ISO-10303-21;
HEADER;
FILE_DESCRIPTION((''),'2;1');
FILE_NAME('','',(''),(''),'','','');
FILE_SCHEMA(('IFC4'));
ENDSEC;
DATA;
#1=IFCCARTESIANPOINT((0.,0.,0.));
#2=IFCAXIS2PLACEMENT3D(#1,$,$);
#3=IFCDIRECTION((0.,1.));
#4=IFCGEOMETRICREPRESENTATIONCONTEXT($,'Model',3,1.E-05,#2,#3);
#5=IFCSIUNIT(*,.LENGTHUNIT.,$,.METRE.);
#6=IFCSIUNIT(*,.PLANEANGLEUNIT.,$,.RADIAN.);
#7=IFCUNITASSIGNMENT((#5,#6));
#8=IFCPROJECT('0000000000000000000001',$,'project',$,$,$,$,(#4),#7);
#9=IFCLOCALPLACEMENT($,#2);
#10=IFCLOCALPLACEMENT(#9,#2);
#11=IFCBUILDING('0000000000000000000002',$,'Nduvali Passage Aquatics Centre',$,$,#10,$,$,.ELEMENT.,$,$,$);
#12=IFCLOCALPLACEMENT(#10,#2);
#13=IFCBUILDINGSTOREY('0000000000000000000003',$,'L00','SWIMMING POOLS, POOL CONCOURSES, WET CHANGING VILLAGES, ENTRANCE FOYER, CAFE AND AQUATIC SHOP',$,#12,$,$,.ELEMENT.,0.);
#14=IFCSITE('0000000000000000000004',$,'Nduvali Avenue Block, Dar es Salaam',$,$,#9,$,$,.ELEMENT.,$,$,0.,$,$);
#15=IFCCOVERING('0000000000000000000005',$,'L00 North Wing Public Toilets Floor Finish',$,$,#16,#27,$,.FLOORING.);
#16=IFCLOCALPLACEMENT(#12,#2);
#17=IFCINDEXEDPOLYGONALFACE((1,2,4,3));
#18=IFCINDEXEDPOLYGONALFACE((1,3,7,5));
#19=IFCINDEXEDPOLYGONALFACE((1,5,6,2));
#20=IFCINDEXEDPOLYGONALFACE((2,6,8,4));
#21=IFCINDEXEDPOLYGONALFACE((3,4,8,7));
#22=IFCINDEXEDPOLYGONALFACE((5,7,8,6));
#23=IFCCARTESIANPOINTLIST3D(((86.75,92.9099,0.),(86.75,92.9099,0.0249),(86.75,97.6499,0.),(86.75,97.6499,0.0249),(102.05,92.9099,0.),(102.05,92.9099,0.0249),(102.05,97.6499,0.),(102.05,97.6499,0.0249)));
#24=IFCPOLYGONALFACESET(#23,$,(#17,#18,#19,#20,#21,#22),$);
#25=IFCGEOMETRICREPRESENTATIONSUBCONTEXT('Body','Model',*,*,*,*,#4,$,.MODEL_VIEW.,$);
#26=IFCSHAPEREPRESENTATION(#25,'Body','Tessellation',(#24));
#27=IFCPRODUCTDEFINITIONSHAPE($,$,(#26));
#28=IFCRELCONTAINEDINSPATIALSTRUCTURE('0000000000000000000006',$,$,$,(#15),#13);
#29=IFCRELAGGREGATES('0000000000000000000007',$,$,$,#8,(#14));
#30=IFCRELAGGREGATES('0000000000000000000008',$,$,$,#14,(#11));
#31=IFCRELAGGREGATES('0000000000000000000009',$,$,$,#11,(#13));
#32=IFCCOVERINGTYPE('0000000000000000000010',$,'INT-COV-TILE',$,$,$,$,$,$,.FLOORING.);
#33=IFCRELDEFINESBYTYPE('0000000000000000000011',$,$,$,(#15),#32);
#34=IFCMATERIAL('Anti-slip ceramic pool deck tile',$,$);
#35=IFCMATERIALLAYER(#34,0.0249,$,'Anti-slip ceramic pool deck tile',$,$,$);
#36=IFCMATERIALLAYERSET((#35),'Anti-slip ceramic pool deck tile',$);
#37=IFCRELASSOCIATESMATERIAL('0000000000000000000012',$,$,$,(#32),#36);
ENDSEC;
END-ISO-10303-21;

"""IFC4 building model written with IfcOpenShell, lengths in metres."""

from ifc_helpers import new_model, si_unit, direction, origin, place, context, subcontext, project, spatial, polyline, outline, extrude, material, layer, layer_set, type_object, element, save


model = new_model("IFC4")

# Units and contexts
model_context = context("Model", 3, precision=1e-05, world=origin(), true_north=direction((0.0, 1.0)))
body_context = subcontext(model_context, "Body", "Model", "MODEL_VIEW")
ifc_project = project(units=[si_unit("LENGTHUNIT", "METRE"), si_unit("PLANEANGLEUNIT", "RADIAN")], contexts=[model_context])

# Site, building, storey
site_placement = place(None, origin())
site = spatial("IfcSite", under=ifc_project, at=site_placement, Name="Nduvali Avenue Block, Dar es Salaam", CompositionType="ELEMENT", RefElevation=0.0)
building_placement = place(site_placement, origin())
building = spatial("IfcBuilding", under=site, at=building_placement, Name="Nduvali Passage Aquatics Centre", CompositionType="ELEMENT")
storey_placement = place(building_placement, origin())
storey = spatial("IfcBuildingStorey", under=building, at=storey_placement, Name="L00", Description="SWIMMING POOLS, POOL CONCOURSES, WET CHANGING VILLAGES, ENTRANCE FOYER, CAFE AND AQUATIC SHOP", CompositionType="ELEMENT", Elevation=0.0)

# Covering
ifc_material_1 = material(Name="Anti-slip ceramic pool deck tile")
ifc_layer_1 = layer(ifc_material_1, 0.0249, Name="Anti-slip ceramic pool deck tile")
ifc_layer_set_1 = layer_set([ifc_layer_1], Name="Anti-slip ceramic pool deck tile")
covering_type_1 = type_object("IfcCoveringType", Name="INT-COV-TILE", PredefinedType="FLOORING", material=ifc_layer_set_1)
covering_1_placement = place(storey_placement, origin())
element("IfcCovering", 1, at=covering_1_placement, inside=storey, type_object=covering_type_1, Name="L00 North Wing Public Toilets Floor Finish", PredefinedType="FLOORING", context=body_context, shape_type="SweptSolid", body=[
    extrude(outline(polyline([(86.75, 92.9099), (102.05, 92.9099), (102.05, 97.6499), (86.75, 97.6499), (86.75, 92.9099)])), origin(), (0.0, 0.0, 1.0), 0.0249),
])

save(model, "model.ifc")
